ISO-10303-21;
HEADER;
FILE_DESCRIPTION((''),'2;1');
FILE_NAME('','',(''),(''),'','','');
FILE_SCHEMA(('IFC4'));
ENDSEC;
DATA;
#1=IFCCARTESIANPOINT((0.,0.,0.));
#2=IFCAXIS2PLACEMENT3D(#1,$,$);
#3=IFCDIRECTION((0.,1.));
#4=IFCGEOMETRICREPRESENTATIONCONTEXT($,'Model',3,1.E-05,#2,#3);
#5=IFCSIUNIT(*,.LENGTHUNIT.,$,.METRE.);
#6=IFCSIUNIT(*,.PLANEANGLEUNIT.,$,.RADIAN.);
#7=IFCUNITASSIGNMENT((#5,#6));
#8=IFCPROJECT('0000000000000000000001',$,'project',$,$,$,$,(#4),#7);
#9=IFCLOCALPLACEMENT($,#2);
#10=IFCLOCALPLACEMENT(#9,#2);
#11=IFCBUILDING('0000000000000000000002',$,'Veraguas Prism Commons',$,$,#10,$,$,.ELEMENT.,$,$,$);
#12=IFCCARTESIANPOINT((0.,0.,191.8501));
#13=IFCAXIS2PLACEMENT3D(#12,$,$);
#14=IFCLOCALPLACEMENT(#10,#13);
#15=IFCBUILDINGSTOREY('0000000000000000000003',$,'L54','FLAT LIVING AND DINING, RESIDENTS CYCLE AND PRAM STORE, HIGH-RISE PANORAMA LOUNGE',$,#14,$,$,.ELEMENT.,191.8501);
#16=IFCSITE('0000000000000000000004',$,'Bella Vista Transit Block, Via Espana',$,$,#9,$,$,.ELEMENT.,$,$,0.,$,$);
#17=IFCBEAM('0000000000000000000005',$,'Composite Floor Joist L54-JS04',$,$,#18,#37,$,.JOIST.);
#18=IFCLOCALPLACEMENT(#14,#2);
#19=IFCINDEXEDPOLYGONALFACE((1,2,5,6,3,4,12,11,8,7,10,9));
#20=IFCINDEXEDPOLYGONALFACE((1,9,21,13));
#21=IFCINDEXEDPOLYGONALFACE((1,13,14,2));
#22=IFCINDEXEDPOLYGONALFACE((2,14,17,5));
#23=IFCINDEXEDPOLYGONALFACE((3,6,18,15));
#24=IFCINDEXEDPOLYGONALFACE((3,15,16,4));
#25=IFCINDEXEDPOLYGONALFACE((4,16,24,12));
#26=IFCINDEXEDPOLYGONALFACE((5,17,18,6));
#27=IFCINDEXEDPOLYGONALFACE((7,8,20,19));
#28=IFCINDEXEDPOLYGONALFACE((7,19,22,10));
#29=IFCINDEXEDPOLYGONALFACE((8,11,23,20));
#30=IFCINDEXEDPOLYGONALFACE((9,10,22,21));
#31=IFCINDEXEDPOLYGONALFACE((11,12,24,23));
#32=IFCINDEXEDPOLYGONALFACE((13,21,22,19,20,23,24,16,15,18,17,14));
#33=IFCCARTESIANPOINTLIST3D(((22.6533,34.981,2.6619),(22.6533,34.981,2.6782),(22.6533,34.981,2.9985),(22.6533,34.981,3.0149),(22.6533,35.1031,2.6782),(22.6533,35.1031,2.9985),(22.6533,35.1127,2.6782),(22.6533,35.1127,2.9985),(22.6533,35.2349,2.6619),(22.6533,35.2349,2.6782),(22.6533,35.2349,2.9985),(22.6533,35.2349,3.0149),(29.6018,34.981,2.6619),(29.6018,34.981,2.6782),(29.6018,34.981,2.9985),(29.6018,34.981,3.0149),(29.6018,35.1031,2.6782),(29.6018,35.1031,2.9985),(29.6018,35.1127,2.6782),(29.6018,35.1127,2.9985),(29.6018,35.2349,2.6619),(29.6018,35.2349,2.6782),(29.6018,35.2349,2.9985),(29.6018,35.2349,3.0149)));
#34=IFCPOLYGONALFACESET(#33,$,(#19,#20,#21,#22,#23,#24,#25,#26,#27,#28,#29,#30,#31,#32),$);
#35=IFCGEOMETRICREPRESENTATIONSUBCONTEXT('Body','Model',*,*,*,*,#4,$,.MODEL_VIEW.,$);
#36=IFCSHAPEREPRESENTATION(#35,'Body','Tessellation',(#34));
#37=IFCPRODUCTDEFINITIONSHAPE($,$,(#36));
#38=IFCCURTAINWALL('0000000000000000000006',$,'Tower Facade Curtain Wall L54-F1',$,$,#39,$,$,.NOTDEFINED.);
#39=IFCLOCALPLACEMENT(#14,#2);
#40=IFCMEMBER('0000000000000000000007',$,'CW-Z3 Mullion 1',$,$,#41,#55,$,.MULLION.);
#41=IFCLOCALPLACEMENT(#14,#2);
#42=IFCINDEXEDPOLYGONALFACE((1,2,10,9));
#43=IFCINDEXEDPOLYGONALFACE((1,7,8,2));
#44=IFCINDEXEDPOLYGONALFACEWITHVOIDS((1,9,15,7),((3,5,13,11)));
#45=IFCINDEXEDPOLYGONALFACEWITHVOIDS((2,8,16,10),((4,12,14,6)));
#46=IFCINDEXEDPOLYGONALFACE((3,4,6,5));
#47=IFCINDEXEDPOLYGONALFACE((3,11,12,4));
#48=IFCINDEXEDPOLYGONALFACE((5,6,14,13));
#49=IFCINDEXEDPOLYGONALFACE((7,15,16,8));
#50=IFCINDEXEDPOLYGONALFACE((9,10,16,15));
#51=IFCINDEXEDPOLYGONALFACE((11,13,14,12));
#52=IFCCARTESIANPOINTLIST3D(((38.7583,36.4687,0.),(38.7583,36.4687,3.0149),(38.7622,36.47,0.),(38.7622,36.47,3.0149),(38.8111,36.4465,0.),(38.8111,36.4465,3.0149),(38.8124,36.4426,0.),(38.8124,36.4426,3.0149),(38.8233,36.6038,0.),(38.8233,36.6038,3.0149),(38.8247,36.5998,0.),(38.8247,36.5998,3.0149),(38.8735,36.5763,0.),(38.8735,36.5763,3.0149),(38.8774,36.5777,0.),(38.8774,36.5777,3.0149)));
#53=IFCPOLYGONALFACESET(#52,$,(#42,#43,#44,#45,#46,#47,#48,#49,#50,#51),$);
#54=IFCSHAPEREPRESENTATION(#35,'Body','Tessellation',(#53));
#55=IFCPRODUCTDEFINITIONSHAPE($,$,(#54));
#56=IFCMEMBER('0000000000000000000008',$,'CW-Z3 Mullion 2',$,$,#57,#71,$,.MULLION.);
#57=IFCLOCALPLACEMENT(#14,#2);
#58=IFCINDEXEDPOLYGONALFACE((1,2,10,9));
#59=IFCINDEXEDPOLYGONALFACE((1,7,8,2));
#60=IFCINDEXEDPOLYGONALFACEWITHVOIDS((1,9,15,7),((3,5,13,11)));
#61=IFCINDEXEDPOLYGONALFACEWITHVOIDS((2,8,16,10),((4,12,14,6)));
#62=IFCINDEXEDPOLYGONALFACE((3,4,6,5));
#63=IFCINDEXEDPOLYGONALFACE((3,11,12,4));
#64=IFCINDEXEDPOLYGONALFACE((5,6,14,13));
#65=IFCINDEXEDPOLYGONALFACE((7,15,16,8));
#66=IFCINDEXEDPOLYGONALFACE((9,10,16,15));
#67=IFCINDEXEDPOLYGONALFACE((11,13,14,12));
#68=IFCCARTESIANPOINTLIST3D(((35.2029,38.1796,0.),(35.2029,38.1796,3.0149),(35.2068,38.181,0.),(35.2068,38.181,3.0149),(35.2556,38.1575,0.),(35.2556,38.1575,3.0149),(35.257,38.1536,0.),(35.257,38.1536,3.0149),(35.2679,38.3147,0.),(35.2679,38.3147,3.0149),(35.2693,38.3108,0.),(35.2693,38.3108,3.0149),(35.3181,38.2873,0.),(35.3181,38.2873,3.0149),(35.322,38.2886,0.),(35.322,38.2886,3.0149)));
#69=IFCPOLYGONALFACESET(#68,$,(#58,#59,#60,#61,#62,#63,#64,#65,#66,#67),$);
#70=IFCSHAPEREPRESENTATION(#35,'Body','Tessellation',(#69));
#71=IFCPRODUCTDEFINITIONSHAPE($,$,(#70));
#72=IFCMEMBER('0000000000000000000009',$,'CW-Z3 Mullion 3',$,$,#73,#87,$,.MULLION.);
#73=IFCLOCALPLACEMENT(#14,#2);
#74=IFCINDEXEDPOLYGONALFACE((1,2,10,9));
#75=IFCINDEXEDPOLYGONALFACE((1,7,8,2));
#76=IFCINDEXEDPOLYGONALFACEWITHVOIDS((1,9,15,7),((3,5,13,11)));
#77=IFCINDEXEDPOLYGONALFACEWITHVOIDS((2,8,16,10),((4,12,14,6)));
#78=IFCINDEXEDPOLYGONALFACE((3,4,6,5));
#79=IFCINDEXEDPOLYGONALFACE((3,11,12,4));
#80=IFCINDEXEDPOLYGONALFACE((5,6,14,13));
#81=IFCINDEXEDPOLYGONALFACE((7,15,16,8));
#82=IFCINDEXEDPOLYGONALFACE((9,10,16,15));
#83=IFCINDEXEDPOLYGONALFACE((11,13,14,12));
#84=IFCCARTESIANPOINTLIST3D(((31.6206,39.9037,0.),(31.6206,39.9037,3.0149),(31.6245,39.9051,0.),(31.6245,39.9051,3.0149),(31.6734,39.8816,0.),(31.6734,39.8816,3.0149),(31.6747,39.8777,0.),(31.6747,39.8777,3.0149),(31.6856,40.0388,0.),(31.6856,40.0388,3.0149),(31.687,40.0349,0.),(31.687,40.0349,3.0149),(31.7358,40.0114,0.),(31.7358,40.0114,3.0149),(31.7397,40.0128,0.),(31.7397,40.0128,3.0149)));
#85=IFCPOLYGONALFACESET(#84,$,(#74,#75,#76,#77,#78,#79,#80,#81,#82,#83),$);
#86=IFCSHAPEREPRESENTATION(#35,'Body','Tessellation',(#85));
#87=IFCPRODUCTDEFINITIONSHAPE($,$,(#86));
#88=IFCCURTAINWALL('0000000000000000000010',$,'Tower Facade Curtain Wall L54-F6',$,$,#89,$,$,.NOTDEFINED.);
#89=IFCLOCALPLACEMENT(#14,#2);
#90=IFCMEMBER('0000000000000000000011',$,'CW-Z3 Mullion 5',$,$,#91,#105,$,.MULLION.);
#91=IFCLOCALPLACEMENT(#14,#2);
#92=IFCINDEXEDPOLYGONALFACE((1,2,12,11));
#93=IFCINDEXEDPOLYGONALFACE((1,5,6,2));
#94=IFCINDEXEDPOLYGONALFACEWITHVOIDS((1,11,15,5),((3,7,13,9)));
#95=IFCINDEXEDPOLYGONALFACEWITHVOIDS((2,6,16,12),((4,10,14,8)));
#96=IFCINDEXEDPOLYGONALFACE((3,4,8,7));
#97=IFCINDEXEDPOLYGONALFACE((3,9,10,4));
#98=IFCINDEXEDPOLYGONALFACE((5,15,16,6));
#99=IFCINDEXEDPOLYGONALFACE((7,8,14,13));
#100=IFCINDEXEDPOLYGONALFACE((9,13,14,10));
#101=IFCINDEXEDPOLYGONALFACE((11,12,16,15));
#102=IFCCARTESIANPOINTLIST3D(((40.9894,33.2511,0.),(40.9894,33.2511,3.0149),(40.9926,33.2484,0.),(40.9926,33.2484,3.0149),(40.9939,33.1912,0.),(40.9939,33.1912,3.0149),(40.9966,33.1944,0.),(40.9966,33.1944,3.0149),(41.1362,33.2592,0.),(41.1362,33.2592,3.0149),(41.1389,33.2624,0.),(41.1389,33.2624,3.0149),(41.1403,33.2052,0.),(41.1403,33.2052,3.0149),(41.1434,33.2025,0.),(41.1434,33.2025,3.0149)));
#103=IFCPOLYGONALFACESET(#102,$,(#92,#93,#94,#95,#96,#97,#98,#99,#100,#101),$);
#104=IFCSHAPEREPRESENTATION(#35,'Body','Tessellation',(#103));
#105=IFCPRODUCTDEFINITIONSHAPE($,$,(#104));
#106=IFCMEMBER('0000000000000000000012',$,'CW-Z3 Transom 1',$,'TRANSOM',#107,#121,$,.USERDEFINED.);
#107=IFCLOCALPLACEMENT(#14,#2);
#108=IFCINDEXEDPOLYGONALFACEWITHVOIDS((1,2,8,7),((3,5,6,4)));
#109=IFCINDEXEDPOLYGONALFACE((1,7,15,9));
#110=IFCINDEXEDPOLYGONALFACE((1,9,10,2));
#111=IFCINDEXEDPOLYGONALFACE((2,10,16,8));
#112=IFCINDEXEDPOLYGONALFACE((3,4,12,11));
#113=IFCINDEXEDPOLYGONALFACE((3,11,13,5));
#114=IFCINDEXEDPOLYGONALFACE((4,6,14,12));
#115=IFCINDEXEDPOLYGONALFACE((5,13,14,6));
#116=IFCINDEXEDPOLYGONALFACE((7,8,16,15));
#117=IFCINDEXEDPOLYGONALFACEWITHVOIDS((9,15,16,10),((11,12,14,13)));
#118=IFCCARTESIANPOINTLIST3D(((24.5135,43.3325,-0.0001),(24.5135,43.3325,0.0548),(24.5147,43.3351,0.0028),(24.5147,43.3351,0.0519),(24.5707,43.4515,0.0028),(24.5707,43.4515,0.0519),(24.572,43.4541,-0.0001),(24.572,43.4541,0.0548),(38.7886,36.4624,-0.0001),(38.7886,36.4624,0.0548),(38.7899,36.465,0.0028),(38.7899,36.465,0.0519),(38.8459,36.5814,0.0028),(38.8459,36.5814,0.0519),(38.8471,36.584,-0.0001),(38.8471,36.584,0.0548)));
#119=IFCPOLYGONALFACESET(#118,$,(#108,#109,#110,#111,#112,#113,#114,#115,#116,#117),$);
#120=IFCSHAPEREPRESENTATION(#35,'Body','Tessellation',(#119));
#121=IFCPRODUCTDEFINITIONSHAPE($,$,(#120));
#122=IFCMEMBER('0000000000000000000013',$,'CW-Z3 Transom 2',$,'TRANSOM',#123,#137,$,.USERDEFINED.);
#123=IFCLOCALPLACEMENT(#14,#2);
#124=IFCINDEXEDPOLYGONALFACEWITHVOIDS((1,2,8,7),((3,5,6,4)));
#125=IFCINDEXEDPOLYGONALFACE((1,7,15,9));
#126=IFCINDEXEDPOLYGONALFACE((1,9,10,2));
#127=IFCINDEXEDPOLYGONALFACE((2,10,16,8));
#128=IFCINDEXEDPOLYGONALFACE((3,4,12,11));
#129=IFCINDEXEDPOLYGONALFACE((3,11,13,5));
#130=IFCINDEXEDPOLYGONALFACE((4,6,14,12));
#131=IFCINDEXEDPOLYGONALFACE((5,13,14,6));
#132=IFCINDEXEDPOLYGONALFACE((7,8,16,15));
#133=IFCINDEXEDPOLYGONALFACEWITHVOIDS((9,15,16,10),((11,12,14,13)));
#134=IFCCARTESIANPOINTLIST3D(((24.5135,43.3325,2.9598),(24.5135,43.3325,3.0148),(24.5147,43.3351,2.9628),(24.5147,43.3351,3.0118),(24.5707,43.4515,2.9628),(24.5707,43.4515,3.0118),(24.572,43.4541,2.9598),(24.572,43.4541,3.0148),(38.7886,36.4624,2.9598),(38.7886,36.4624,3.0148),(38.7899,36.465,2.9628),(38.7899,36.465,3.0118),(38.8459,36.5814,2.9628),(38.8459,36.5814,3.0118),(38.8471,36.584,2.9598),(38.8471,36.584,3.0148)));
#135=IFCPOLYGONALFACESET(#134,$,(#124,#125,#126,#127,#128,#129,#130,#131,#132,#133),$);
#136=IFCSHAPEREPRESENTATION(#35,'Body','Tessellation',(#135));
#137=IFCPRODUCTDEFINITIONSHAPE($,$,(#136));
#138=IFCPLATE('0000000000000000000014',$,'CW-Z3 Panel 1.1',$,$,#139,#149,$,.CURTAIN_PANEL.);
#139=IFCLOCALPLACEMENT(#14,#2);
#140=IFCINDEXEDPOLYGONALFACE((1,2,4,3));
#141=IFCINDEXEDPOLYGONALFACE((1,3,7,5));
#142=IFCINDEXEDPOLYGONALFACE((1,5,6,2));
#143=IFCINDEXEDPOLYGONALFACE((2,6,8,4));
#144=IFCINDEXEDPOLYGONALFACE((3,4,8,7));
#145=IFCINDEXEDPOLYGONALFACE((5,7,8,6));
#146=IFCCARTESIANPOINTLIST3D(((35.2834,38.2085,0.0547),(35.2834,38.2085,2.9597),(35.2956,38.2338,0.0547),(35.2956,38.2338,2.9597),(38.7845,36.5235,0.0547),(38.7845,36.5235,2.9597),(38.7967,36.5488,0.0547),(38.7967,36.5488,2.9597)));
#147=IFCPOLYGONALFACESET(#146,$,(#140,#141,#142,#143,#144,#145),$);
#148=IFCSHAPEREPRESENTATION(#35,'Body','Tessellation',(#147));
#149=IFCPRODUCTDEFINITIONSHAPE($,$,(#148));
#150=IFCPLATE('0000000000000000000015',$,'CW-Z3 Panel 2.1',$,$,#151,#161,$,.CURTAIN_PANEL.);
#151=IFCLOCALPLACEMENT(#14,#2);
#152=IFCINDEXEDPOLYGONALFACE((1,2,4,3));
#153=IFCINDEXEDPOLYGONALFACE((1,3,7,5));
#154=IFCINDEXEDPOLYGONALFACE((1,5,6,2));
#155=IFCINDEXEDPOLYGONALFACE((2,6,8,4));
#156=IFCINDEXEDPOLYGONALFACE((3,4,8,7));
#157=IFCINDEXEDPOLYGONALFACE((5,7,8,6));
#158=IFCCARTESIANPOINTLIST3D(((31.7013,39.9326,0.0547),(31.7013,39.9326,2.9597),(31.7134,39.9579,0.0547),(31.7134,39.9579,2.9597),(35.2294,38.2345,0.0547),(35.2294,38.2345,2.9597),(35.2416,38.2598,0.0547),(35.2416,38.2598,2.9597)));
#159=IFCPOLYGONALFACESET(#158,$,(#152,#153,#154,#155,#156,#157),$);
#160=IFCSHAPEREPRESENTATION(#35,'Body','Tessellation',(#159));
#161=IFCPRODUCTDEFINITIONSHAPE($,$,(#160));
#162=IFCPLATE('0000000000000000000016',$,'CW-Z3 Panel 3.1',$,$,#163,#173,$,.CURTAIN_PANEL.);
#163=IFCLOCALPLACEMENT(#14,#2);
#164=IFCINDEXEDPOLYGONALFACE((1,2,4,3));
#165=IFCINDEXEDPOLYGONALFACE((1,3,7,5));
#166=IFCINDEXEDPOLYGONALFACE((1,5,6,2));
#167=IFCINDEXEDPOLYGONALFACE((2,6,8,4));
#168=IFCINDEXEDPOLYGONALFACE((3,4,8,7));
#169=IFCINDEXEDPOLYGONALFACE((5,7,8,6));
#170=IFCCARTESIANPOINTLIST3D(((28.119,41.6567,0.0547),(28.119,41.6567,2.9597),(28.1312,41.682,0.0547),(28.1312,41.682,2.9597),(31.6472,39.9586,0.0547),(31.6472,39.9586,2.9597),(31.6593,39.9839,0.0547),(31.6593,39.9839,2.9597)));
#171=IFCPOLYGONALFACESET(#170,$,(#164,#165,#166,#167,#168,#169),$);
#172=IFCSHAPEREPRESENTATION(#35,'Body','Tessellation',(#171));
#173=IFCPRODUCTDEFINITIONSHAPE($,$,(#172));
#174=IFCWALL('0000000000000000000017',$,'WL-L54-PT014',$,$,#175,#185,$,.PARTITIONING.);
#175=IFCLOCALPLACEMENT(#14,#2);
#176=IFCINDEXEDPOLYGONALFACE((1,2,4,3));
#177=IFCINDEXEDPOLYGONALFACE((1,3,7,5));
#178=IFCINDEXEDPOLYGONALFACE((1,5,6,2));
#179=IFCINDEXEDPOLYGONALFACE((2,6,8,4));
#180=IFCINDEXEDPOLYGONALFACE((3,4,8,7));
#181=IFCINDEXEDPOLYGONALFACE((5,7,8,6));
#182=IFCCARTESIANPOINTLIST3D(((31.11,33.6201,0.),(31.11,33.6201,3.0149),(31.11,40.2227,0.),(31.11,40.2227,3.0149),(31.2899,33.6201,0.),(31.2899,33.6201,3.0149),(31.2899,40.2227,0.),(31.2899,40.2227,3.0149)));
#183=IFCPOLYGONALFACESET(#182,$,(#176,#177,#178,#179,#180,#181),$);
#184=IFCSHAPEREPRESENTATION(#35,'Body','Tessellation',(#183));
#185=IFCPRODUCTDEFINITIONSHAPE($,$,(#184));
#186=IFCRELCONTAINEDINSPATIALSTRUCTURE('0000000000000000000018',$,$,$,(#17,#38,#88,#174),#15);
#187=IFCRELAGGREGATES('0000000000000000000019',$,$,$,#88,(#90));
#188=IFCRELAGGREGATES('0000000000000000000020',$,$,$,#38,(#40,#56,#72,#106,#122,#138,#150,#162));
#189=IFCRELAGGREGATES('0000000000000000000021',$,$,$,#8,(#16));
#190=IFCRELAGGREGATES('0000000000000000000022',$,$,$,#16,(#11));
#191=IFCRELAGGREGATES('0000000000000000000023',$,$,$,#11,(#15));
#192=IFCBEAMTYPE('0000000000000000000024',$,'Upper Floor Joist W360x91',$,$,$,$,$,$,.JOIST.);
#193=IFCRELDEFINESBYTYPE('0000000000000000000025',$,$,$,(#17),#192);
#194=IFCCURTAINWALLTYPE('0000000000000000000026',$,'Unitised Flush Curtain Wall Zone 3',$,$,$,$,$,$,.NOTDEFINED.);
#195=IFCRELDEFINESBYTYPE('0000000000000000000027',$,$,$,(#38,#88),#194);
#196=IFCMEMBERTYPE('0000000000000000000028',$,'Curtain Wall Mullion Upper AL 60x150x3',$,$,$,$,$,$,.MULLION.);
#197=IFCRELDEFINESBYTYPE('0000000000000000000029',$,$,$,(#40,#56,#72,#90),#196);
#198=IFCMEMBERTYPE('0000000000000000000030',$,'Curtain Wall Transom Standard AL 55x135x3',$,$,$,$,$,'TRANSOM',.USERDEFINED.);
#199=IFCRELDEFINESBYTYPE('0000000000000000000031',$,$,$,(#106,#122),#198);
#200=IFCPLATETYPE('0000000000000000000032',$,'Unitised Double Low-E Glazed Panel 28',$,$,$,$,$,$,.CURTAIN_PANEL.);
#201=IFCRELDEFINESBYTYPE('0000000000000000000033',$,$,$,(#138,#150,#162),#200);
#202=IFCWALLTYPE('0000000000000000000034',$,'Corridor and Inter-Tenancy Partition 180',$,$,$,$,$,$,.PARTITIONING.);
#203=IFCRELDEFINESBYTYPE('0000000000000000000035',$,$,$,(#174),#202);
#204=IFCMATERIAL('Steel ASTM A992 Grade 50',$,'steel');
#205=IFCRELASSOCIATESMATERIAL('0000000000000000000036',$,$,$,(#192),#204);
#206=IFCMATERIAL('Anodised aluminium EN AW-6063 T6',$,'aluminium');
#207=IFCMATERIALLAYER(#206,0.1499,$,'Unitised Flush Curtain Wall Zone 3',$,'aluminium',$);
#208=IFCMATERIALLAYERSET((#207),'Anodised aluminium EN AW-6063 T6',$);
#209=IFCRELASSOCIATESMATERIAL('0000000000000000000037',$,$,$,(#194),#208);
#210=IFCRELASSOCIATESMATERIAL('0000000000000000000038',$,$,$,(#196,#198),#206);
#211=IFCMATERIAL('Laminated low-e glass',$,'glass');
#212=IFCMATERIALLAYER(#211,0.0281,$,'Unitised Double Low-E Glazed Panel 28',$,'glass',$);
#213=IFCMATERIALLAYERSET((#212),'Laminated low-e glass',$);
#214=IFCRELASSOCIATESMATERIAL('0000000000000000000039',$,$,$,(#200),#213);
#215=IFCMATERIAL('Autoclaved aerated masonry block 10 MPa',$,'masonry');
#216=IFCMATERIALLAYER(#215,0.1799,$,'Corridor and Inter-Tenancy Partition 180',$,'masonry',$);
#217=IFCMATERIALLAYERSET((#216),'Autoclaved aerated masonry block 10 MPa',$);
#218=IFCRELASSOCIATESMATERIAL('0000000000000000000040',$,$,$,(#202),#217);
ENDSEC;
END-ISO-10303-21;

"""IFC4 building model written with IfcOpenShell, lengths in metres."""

from ifc_helpers import new_model, si_unit, direction, frame, frame_2d, origin, origin_2d, place, context, subcontext, project, spatial, rectangle, hollow_rectangle, i_section, extrude, source, transform, mapped, material, layer, layer_set, material_profile, profile_set, type_object, element, aggregate, save


model = new_model("IFC4")

# Units and contexts
model_context = context("Model", 3, precision=1e-05, world=origin(), true_north=direction((0.0, 1.0)))
body_context = subcontext(model_context, "Body", "Model", "MODEL_VIEW")
ifc_project = project(units=[si_unit("LENGTHUNIT", "METRE"), si_unit("PLANEANGLEUNIT", "RADIAN")], contexts=[model_context])

# Site, building, storey
site_placement = place(None, origin())
site = spatial("IfcSite", under=ifc_project, at=site_placement, Name="Bella Vista Transit Block, Via Espana", CompositionType="ELEMENT", RefElevation=0.0)
building_placement = place(site_placement, origin())
building = spatial("IfcBuilding", under=site, at=building_placement, Name="Veraguas Prism Commons", CompositionType="ELEMENT")
storey_placement = place(building_placement, frame((0.0, 0.0, 191.8501)))
storey = spatial("IfcBuildingStorey", under=building, at=storey_placement, Name="L54", Description="FLAT LIVING AND DINING, RESIDENTS CYCLE AND PRAM STORE, HIGH-RISE PANORAMA LOUNGE", CompositionType="ELEMENT", Elevation=191.8501)

# Beam
ifc_material_1 = material(Name="Steel ASTM A992 Grade 50", Category="steel")
ifc_material_profile_1 = material_profile(ifc_material_1, i_section(OverallWidth=0.2539, OverallDepth=0.353, WebThickness=0.0095, FlangeThickness=0.0164, at=origin_2d()), Name="W360X91")
ifc_profile_set_1 = profile_set([ifc_material_profile_1], Name="Steel ASTM A992 Grade 50")
beam_type = type_object("IfcBeamType", Name="Upper Floor Joist W360x91", PredefinedType="JOIST", material=ifc_profile_set_1)
beam_placement = place(storey_placement, frame((29.6018, 35.1079, 2.8384), z_axis=(-1.0, 0.0, 0.0), x_axis=(0.0, -1.0, 0.0)))
element("IfcBeam", 1, at=beam_placement, inside=storey, type_object=beam_type, Name="Composite Floor Joist L54-JS04", PredefinedType="JOIST", context=body_context, shape_type="SweptSolid", body=[
    extrude(i_section(OverallWidth=0.2539, OverallDepth=0.353, WebThickness=0.0095, FlangeThickness=0.0164, at=origin_2d()), origin(), (0.0, 0.0, 1.0), 6.9485),
])

# Curtain wall, members
ifc_material_2 = material(Name="Anodised aluminium EN AW-6063 T6", Category="aluminium")
ifc_layer_1 = layer(ifc_material_2, 0.1499, Name="Unitised Flush Curtain Wall Zone 3", Category="aluminium")
ifc_layer_set_1 = layer_set([ifc_layer_1], Name="Anodised aluminium EN AW-6063 T6")
curtain_wall_type = type_object("IfcCurtainWallType", Name="Unitised Flush Curtain Wall Zone 3", PredefinedType="NOTDEFINED", material=ifc_layer_set_1)
curtain_wall_1_placement = place(storey_placement, origin())
curtain_wall_1 = element("IfcCurtainWall", 2, at=curtain_wall_1_placement, inside=storey, type_object=curtain_wall_type, Name="Tower Facade Curtain Wall L54-F1", PredefinedType="NOTDEFINED")
ifc_material_profile_2 = material_profile(ifc_material_2, hollow_rectangle(XDim=0.0601, YDim=0.1499, WallThickness=0.0029, at=origin_2d()), Name="AL60X150X3")
ifc_profile_set_2 = profile_set([ifc_material_profile_2], Name="Anodised aluminium EN AW-6063 T6")
member_type_1 = type_object("IfcMemberType", Name="Curtain Wall Mullion Upper AL 60x150x3", PredefinedType="MULLION", material=ifc_profile_set_2)
shared_shape_1 = source(origin(), body_context, "Body", "SweptSolid", [
    extrude(hollow_rectangle(XDim=0.0601, YDim=0.1499, WallThickness=0.0029, at=origin_2d()), origin(), (0.0, 0.0, 1.0), 3.0149),
])
member_1_placement = place(storey_placement, frame((38.8179, 36.5232, 0.0), z_axis=(0.0, 0.0, 1.0), x_axis=(-0.901074, 0.433665, 0.0)))
member_1 = element("IfcMember", 3, at=member_1_placement, type_object=member_type_1, Name="CW-Z3 Mullion 1", PredefinedType="MULLION", context=body_context, shape_type="MappedRepresentation", body=[
    mapped(shared_shape_1, transform((0.0, 0.0, 0.0), scale=1.0)),
])
member_2_placement = place(storey_placement, frame((35.2625, 38.2341, 0.0), z_axis=(0.0, 0.0, 1.0), x_axis=(-0.901074, 0.433665, 0.0)))
member_2 = element("IfcMember", 4, at=member_2_placement, type_object=member_type_1, Name="CW-Z3 Mullion 2", PredefinedType="MULLION", context=body_context, shape_type="MappedRepresentation", body=[
    mapped(shared_shape_1, transform((0.0, 0.0, 0.0), scale=1.0)),
])
member_3_placement = place(storey_placement, frame((31.6802, 39.9583, 0.0), z_axis=(0.0, 0.0, 1.0), x_axis=(-0.901074, 0.433665, 0.0)))
member_3 = element("IfcMember", 5, at=member_3_placement, type_object=member_type_1, Name="CW-Z3 Mullion 3", PredefinedType="MULLION", context=body_context, shape_type="MappedRepresentation", body=[
    mapped(shared_shape_1, transform((0.0, 0.0, 0.0), scale=1.0)),
])

# Curtain wall, member
curtain_wall_2_placement = place(storey_placement, origin())
curtain_wall_2 = element("IfcCurtainWall", 6, at=curtain_wall_2_placement, inside=storey, type_object=curtain_wall_type, Name="Tower Facade Curtain Wall L54-F6", PredefinedType="NOTDEFINED")
member_4_placement = place(storey_placement, frame((41.0664, 33.2268, 0.0), z_axis=(0.0, 0.0, 1.0), x_axis=(-0.074975, 0.997185, 0.0)))
member_4 = element("IfcMember", 7, at=member_4_placement, type_object=member_type_1, Name="CW-Z3 Mullion 5", PredefinedType="MULLION", context=body_context, shape_type="MappedRepresentation", body=[
    mapped(shared_shape_1, transform((0.0, 0.0, 0.0), scale=1.0)),
])
aggregate(curtain_wall_2, [member_4])

# Members
ifc_material_profile_3 = material_profile(ifc_material_2, hollow_rectangle(XDim=0.0549, YDim=0.135, WallThickness=0.0029, at=origin_2d()), Name="AL55X135X3")
ifc_profile_set_3 = profile_set([ifc_material_profile_3], Name="Anodised aluminium EN AW-6063 T6")
member_type_2 = type_object("IfcMemberType", Name="Curtain Wall Transom Standard AL 55x135x3", ElementType="TRANSOM", PredefinedType="USERDEFINED", material=ifc_profile_set_3)
shared_shape_2 = source(origin(), body_context, "Body", "SweptSolid", [
    extrude(hollow_rectangle(XDim=0.0549, YDim=0.135, WallThickness=0.0029, at=origin_2d()), origin(), (0.0, 0.0, 1.0), 15.8423),
])
member_5_placement = place(storey_placement, frame((38.8179, 36.5232, 0.0273), z_axis=(-0.901078, 0.433657, 0.0), x_axis=(0.0, 0.0, 1.0)))
member_5 = element("IfcMember", 8, at=member_5_placement, type_object=member_type_2, Name="CW-Z3 Transom 1", ObjectType="TRANSOM", PredefinedType="USERDEFINED", context=body_context, shape_type="MappedRepresentation", body=[
    mapped(shared_shape_2, transform((0.0, 0.0, 0.0), scale=1.0)),
])
member_6_placement = place(storey_placement, frame((38.8179, 36.5232, 2.9873), z_axis=(-0.901078, 0.433657, 0.0), x_axis=(0.0, 0.0, 1.0)))
member_6 = element("IfcMember", 9, at=member_6_placement, type_object=member_type_2, Name="CW-Z3 Transom 2", ObjectType="TRANSOM", PredefinedType="USERDEFINED", context=body_context, shape_type="MappedRepresentation", body=[
    mapped(shared_shape_2, transform((0.0, 0.0, 0.0), scale=1.0)),
])

# Plates
ifc_material_3 = material(Name="Laminated low-e glass", Category="glass")
ifc_layer_2 = layer(ifc_material_3, 0.0281, Name="Unitised Double Low-E Glazed Panel 28", Category="glass")
ifc_layer_set_2 = layer_set([ifc_layer_2], Name="Laminated low-e glass")
plate_type = type_object("IfcPlateType", Name="Unitised Double Low-E Glazed Panel 28", PredefinedType="CURTAIN_PANEL", material=ifc_layer_set_2)
shared_shape_3 = source(origin(), body_context, "Body", "SweptSolid", [
    extrude(rectangle(XDim=3.8855, YDim=0.0281, at=origin_2d()), origin(), (0.0, 0.0, 1.0), 2.905),
])
plate_1_placement = place(storey_placement, frame((37.04, 37.3787, 0.0547), z_axis=(0.0, 0.0, 1.0), x_axis=(-0.901074, 0.433665, 0.0)))
plate_1 = element("IfcPlate", 10, at=plate_1_placement, type_object=plate_type, Name="CW-Z3 Panel 1.1", PredefinedType="CURTAIN_PANEL", context=body_context, shape_type="MappedRepresentation", body=[
    mapped(shared_shape_3, transform((0.0, 0.0, 0.0), scale=1.0)),
])
shared_shape_4 = source(origin(), body_context, "Body", "SweptSolid", [
    extrude(rectangle(XDim=3.9155, YDim=0.0281, at=origin_2d()), origin(), (0.0, 0.0, 1.0), 2.905),
])
plate_2_placement = place(storey_placement, frame((33.4714, 39.0962, 0.0547), z_axis=(0.0, 0.0, 1.0), x_axis=(-0.901074, 0.433665, 0.0)))
plate_2 = element("IfcPlate", 11, at=plate_2_placement, type_object=plate_type, Name="CW-Z3 Panel 2.1", PredefinedType="CURTAIN_PANEL", context=body_context, shape_type="MappedRepresentation", body=[
    mapped(shared_shape_4, transform((0.0, 0.0, 0.0), scale=1.0)),
])
plate_3_placement = place(storey_placement, frame((29.8892, 40.8203, 0.0547), z_axis=(0.0, 0.0, 1.0), x_axis=(-0.901074, 0.433665, 0.0)))
plate_3 = element("IfcPlate", 12, at=plate_3_placement, type_object=plate_type, Name="CW-Z3 Panel 3.1", PredefinedType="CURTAIN_PANEL", context=body_context, shape_type="MappedRepresentation", body=[
    mapped(shared_shape_4, transform((0.0, 0.0, 0.0), scale=1.0)),
])
aggregate(curtain_wall_1, [member_1, member_2, member_3, member_5, member_6, plate_1, plate_2, plate_3])

# Wall
ifc_material_4 = material(Name="Autoclaved aerated masonry block 10 MPa", Category="masonry")
ifc_layer_3 = layer(ifc_material_4, 0.1799, Name="Corridor and Inter-Tenancy Partition 180", Category="masonry")
ifc_layer_set_3 = layer_set([ifc_layer_3], Name="Autoclaved aerated masonry block 10 MPa")
wall_type_1 = type_object("IfcWallType", Name="Corridor and Inter-Tenancy Partition 180", PredefinedType="PARTITIONING", material=ifc_layer_set_3)
wall_1_placement = place(storey_placement, frame((31.2, 33.6201, 0.0), z_axis=(0.0, 0.0, 1.0), x_axis=(0.0, 1.0, 0.0)))
element("IfcWall", 13, at=wall_1_placement, inside=storey, type_object=wall_type_1, Name="WL-L54-PT014", PredefinedType="PARTITIONING", context=body_context, shape_type="SweptSolid", body=[
    extrude(rectangle(XDim=6.6025, YDim=0.1799, at=frame_2d((3.3013, 0.0))), origin(), (0.0, 0.0, 1.0), 3.0149),
])

save(model, "model.ifc")
